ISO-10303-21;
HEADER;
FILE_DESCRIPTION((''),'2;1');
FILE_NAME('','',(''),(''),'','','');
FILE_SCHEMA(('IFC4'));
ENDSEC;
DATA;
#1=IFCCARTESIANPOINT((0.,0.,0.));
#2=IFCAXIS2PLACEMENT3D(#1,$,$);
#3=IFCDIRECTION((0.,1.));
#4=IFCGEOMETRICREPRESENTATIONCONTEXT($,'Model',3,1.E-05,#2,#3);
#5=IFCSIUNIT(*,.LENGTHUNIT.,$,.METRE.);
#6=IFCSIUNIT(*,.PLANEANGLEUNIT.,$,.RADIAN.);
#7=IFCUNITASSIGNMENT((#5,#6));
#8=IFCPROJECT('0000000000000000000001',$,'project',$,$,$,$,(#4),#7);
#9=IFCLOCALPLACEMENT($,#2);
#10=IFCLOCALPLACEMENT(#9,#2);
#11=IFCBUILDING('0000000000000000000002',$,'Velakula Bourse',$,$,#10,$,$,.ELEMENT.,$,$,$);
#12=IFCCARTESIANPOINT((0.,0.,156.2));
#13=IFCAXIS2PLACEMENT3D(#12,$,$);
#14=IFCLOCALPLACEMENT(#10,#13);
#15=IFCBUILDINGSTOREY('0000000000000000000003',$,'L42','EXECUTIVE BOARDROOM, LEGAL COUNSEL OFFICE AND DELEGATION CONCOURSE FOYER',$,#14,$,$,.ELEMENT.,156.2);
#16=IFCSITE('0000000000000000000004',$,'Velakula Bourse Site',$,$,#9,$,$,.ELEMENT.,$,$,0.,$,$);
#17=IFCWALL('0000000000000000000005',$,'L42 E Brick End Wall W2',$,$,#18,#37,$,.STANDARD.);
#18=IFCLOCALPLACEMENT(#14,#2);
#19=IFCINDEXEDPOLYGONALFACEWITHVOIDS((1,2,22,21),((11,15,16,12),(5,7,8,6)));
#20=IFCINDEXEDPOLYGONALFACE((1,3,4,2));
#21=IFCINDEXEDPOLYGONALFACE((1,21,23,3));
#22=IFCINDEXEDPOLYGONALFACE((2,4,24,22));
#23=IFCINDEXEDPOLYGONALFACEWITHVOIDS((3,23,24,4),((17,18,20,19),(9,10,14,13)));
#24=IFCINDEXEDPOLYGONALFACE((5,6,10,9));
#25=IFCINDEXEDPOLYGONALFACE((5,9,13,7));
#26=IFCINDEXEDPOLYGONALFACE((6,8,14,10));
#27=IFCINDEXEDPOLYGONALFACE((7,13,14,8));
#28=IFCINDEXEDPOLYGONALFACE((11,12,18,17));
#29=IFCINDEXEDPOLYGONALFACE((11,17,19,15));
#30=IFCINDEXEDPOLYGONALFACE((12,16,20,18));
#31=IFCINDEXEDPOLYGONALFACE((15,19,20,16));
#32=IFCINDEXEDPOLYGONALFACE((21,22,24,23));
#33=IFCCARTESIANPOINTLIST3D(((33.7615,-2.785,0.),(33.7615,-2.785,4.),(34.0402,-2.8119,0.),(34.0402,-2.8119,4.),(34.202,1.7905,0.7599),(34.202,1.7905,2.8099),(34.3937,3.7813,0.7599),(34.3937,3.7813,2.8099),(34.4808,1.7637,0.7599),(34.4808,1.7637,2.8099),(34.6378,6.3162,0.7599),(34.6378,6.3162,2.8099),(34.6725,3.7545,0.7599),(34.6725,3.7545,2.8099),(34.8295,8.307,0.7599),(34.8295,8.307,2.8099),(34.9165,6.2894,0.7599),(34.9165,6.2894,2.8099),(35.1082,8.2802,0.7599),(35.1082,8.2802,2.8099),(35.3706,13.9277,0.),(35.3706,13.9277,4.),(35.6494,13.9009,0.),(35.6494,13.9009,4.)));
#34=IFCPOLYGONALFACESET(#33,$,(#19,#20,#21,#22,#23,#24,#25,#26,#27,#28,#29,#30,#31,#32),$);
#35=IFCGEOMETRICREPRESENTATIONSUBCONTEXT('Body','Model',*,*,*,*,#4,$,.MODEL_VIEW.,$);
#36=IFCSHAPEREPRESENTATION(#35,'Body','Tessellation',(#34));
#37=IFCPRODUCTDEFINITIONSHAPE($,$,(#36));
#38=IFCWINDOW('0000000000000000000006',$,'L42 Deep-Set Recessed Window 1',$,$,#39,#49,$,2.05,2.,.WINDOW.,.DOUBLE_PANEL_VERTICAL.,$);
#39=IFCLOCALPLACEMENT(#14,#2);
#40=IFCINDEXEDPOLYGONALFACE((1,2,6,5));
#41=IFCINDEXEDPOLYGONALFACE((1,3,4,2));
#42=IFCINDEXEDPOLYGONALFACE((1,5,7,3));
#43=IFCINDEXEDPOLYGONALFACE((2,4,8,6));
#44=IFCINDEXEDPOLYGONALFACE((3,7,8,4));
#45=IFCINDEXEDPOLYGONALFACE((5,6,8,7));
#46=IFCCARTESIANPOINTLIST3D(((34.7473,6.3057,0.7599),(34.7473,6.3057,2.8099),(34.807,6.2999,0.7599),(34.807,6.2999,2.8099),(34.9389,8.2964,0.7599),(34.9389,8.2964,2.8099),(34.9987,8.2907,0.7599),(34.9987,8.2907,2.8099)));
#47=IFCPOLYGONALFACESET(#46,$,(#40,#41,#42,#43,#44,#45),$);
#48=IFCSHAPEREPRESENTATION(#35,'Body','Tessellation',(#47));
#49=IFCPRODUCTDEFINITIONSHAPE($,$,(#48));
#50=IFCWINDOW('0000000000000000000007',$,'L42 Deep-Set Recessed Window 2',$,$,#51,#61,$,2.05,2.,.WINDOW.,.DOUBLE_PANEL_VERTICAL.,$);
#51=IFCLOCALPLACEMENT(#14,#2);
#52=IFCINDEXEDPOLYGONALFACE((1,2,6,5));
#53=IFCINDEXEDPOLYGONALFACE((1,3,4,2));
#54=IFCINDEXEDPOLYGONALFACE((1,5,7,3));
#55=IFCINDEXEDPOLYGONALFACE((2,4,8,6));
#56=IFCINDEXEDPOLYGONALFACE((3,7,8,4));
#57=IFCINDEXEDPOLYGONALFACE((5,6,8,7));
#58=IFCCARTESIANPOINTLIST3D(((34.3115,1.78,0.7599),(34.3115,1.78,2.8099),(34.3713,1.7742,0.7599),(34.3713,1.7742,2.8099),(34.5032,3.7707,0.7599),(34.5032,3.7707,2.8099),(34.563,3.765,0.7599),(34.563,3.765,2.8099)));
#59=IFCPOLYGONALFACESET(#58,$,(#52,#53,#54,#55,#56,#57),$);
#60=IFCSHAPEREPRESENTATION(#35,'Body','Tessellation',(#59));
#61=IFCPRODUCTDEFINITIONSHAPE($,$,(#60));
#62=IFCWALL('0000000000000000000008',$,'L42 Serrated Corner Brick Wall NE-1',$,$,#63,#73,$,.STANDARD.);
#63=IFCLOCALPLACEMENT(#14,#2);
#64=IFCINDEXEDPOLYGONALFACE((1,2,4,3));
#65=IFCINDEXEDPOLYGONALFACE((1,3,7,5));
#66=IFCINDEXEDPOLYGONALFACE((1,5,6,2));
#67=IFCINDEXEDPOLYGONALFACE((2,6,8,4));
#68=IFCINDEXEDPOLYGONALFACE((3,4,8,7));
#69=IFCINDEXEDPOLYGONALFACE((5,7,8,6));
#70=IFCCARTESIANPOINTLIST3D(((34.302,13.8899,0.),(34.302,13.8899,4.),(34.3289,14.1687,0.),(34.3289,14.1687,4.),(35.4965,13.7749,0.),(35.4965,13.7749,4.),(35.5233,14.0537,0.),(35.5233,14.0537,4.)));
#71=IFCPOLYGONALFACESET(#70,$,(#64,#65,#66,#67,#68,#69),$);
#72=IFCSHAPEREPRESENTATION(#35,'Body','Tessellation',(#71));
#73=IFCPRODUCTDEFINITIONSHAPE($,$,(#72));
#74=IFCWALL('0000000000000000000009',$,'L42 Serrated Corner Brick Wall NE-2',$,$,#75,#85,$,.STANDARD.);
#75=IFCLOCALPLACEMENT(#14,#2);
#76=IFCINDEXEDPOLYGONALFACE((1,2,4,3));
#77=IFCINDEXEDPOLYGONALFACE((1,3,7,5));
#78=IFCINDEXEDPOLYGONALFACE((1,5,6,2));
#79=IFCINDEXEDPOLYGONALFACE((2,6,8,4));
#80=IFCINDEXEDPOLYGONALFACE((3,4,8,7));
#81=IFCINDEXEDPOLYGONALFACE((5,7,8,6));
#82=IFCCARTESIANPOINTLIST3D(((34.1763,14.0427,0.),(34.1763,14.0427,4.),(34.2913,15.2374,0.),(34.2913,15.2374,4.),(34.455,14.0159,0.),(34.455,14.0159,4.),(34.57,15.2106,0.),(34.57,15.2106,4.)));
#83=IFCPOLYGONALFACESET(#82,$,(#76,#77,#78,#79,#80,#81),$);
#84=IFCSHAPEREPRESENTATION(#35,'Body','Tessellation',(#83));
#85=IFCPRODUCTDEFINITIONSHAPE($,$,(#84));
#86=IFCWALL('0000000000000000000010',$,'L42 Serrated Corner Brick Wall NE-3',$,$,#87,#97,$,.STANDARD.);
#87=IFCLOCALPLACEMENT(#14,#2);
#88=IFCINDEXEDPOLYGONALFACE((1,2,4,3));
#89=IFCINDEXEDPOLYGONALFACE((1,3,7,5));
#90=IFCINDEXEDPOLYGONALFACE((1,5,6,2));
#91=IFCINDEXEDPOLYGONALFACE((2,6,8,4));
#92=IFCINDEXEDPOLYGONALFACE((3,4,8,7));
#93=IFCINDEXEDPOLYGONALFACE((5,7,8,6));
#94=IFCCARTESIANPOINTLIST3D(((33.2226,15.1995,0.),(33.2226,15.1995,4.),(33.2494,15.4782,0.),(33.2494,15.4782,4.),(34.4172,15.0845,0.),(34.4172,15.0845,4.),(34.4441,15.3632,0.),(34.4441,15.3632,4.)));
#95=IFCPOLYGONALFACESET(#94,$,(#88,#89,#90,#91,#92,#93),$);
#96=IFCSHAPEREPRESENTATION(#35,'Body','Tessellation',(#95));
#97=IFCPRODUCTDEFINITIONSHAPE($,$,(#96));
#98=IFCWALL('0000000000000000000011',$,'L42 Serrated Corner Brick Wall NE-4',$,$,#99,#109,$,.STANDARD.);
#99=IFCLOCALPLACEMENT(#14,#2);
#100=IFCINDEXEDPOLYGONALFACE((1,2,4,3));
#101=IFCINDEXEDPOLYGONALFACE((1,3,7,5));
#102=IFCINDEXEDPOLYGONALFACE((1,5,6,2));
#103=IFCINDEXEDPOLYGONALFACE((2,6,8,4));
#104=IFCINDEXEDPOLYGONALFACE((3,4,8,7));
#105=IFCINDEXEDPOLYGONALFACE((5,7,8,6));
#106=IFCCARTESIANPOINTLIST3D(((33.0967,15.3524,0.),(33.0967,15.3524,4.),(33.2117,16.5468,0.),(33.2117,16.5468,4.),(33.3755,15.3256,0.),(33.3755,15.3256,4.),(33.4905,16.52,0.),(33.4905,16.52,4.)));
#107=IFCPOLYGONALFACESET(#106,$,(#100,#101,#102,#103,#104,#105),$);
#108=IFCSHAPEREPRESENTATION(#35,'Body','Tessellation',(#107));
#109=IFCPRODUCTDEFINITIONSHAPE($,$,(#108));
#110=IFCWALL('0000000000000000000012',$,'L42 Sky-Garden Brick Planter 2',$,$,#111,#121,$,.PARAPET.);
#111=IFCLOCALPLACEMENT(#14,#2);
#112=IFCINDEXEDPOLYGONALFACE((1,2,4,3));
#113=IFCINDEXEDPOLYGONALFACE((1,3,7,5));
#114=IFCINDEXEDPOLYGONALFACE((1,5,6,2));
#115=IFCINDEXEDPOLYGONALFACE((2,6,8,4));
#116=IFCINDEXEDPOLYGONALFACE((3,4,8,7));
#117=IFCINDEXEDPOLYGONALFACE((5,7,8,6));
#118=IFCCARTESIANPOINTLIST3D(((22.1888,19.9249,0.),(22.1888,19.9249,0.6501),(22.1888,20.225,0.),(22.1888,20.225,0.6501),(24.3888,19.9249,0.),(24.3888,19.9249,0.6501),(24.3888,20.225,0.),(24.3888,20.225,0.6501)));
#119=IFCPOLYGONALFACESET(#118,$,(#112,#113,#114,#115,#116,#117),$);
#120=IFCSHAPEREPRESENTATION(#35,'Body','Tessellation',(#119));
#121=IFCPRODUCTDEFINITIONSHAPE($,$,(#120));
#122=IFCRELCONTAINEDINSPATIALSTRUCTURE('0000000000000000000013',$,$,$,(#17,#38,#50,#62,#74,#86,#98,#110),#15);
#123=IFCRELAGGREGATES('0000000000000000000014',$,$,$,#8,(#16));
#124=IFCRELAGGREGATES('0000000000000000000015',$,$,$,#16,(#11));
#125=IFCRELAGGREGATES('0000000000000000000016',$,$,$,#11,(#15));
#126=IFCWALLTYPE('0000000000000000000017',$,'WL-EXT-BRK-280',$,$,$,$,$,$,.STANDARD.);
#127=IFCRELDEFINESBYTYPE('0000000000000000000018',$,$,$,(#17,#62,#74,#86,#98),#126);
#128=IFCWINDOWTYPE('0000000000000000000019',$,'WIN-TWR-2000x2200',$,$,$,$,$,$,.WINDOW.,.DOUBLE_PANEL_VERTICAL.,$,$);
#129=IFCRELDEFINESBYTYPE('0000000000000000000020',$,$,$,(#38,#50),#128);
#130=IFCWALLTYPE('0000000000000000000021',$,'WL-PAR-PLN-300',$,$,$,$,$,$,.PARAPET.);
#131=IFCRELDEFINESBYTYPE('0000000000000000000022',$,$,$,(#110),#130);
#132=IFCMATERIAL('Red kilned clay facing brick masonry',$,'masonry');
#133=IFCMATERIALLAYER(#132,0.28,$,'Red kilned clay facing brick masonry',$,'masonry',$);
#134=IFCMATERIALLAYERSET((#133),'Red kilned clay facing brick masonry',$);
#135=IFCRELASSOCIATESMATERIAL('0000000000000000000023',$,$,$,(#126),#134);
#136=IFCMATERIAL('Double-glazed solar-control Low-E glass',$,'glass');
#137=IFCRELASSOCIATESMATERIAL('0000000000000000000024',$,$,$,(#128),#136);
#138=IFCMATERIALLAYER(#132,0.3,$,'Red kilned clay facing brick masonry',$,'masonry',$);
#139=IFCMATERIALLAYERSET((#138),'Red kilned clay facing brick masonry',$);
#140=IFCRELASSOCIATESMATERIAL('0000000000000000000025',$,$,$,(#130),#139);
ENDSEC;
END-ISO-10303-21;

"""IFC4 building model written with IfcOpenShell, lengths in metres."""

from ifc_helpers import new_model, si_unit, direction, frame, frame_2d, origin, place, context, subcontext, project, spatial, rectangle, extrude, material, layer, layer_set, type_object, element, fill, save


model = new_model("IFC4")

# Units and contexts
model_context = context("Model", 3, precision=1e-05, world=origin(), true_north=direction((0.0, 1.0)))
body_context = subcontext(model_context, "Body", "Model", "MODEL_VIEW")
ifc_project = project(units=[si_unit("LENGTHUNIT", "METRE"), si_unit("PLANEANGLEUNIT", "RADIAN")], contexts=[model_context])

# Site, building, storey
site_placement = place(None, origin())
site = spatial("IfcSite", under=ifc_project, at=site_placement, Name="Velakula Bourse Site", CompositionType="ELEMENT", RefElevation=0.0)
building_placement = place(site_placement, origin())
building = spatial("IfcBuilding", under=site, at=building_placement, Name="Velakula Bourse", CompositionType="ELEMENT")
storey_placement = place(building_placement, frame((0.0, 0.0, 156.2)))
storey = spatial("IfcBuildingStorey", under=building, at=storey_placement, Name="L42", Description="EXECUTIVE BOARDROOM, LEGAL COUNSEL OFFICE AND DELEGATION CONCOURSE FOYER", CompositionType="ELEMENT", Elevation=156.2)

# Wall, openings, windows
ifc_material_1 = material(Name="Red kilned clay facing brick masonry", Category="masonry")
ifc_layer_1 = layer(ifc_material_1, 0.28, Name="Red kilned clay facing brick masonry", Category="masonry")
ifc_layer_set_1 = layer_set([ifc_layer_1], Name="Red kilned clay facing brick masonry")
wall_type_1 = type_object("IfcWallType", Name="WL-EXT-BRK-280", PredefinedType="STANDARD", material=ifc_layer_set_1)
wall_1_placement = place(storey_placement, frame((35.51, 13.9143, 0.0), z_axis=(0.0, 0.0, 1.0), x_axis=(-0.095839, -0.995397, 0.0)))
wall_1 = element("IfcWall", 1, at=wall_1_placement, inside=storey, type_object=wall_type_1, Name="L42 E Brick End Wall W2", PredefinedType="STANDARD", context=body_context, shape_type="SweptSolid", body=[
    extrude(rectangle(XDim=16.79, YDim=0.28, at=frame_2d((8.395, 0.0))), origin(), (0.0, 0.0, 1.0), 4.0),
])
opening_1_placement = place(wall_1_placement, frame((5.6467, 0.0, 0.76)))
opening_1 = element("IfcOpeningElement", 2, at=opening_1_placement, cuts=wall_1, PredefinedType="OPENING", context=body_context, shape_type="SweptSolid", body=[
    extrude(rectangle(XDim=2.0, YDim=2.05, at=frame_2d((1.0, 1.0249))), frame((0.0, 0.1499, 0.0), z_axis=(0.0, -1.0, 0.0), x_axis=(1.0, 0.0, 0.0)), (0.0, 0.0, 1.0), 0.3),
])
opening_2_placement = place(wall_1_placement, frame((10.1934, 0.0, 0.76)))
opening_2 = element("IfcOpeningElement", 3, at=opening_2_placement, cuts=wall_1, PredefinedType="OPENING", context=body_context, shape_type="SweptSolid", body=[
    extrude(rectangle(XDim=2.0, YDim=2.05, at=frame_2d((1.0, 1.0249))), frame((0.0, 0.1499, 0.0), z_axis=(0.0, -1.0, 0.0), x_axis=(1.0, 0.0, 0.0)), (0.0, 0.0, 1.0), 0.3),
])
ifc_material_2 = material(Name="Double-glazed solar-control Low-E glass", Category="glass")
window_type = type_object("IfcWindowType", Name="WIN-TWR-2000x2200", PartitioningType="DOUBLE_PANEL_VERTICAL", PredefinedType="WINDOW", material=ifc_material_2)
window_1_placement = place(opening_1_placement, origin())
window_1 = element("IfcWindow", 4, at=window_1_placement, inside=storey, type_object=window_type, Name="L42 Deep-Set Recessed Window 1", OverallHeight=2.05, OverallWidth=2.0, PartitioningType="DOUBLE_PANEL_VERTICAL", PredefinedType="WINDOW", context=body_context, shape_type="SweptSolid", body=[
    extrude(rectangle(XDim=2.0, YDim=2.05, at=frame_2d((1.0, 1.0249))), frame((0.0, 0.03, 0.0), z_axis=(0.0, -1.0, 0.0), x_axis=(1.0, 0.0, 0.0)), (0.0, 0.0, 1.0), 0.0601),
])
fill(opening_1, window_1)
window_2_placement = place(opening_2_placement, origin())
window_2 = element("IfcWindow", 5, at=window_2_placement, inside=storey, type_object=window_type, Name="L42 Deep-Set Recessed Window 2", OverallHeight=2.05, OverallWidth=2.0, PartitioningType="DOUBLE_PANEL_VERTICAL", PredefinedType="WINDOW", context=body_context, shape_type="SweptSolid", body=[
    extrude(rectangle(XDim=2.0, YDim=2.05, at=frame_2d((1.0, 1.0249))), frame((0.0, 0.03, 0.0), z_axis=(0.0, -1.0, 0.0), x_axis=(1.0, 0.0, 0.0)), (0.0, 0.0, 1.0), 0.0601),
])
fill(opening_2, window_2)

# Walls
wall_2_placement = place(storey_placement, frame((35.51, 13.9143, 0.0), z_axis=(0.0, 0.0, 1.0), x_axis=(-0.995397, 0.095836, 0.0)))
element("IfcWall", 6, at=wall_2_placement, inside=storey, type_object=wall_type_1, Name="L42 Serrated Corner Brick Wall NE-1", PredefinedType="STANDARD", context=body_context, shape_type="SweptSolid", body=[
    extrude(rectangle(XDim=1.2, YDim=0.28, at=frame_2d((0.6001, 0.0))), origin(), (0.0, 0.0, 1.0), 4.0),
])
for number, where, z_axis, x_axis, name in (
    (7, (34.3157, 14.0293, 0.0), (0.0, 0.0, 1.0), (0.095817, 0.995399, 0.0), "L42 Serrated Corner Brick Wall NE-2"),
    (8, (34.4307, 15.2239, 0.0), (0.0, 0.0, 1.0), (-0.995399, 0.095817, 0.0), "L42 Serrated Corner Brick Wall NE-3"),
):
    element("IfcWall", number, at=place(storey_placement, frame(where, z_axis=z_axis, x_axis=x_axis)), inside=storey, type_object=wall_type_1, Name=name, PredefinedType="STANDARD", context=body_context, shape_type="SweptSolid", body=[
        extrude(rectangle(XDim=1.2002, YDim=0.28, at=frame_2d((0.6001, 0.0))), origin(), (0.0, 0.0, 1.0), 4.0),
    ])
wall_3_placement = place(storey_placement, frame((33.2361, 15.3389, 0.0), z_axis=(0.0, 0.0, 1.0), x_axis=(0.095836, 0.995397, 0.0)))
element("IfcWall", 9, at=wall_3_placement, inside=storey, type_object=wall_type_1, Name="L42 Serrated Corner Brick Wall NE-4", PredefinedType="STANDARD", context=body_context, shape_type="SweptSolid", body=[
    extrude(rectangle(XDim=1.2, YDim=0.28, at=frame_2d((0.6001, 0.0))), origin(), (0.0, 0.0, 1.0), 4.0),
])
ifc_layer_2 = layer(ifc_material_1, 0.3, Name="Red kilned clay facing brick masonry", Category="masonry")
ifc_layer_set_2 = layer_set([ifc_layer_2], Name="Red kilned clay facing brick masonry")
wall_type_2 = type_object("IfcWallType", Name="WL-PAR-PLN-300", PredefinedType="PARAPET", material=ifc_layer_set_2)
wall_4_placement = place(storey_placement, frame((22.1887, 20.075, 0.0), z_axis=(0.0, 0.0, 1.0), x_axis=(1.0, 0.0, 0.0)))
element("IfcWall", 10, at=wall_4_placement, inside=storey, type_object=wall_type_2, Name="L42 Sky-Garden Brick Planter 2", PredefinedType="PARAPET", context=body_context, shape_type="SweptSolid", body=[
    extrude(rectangle(XDim=2.2, YDim=0.3, at=frame_2d((1.1001, 0.0))), origin(), (0.0, 0.0, 1.0), 0.6501),
])

save(model, "model.ifc")
